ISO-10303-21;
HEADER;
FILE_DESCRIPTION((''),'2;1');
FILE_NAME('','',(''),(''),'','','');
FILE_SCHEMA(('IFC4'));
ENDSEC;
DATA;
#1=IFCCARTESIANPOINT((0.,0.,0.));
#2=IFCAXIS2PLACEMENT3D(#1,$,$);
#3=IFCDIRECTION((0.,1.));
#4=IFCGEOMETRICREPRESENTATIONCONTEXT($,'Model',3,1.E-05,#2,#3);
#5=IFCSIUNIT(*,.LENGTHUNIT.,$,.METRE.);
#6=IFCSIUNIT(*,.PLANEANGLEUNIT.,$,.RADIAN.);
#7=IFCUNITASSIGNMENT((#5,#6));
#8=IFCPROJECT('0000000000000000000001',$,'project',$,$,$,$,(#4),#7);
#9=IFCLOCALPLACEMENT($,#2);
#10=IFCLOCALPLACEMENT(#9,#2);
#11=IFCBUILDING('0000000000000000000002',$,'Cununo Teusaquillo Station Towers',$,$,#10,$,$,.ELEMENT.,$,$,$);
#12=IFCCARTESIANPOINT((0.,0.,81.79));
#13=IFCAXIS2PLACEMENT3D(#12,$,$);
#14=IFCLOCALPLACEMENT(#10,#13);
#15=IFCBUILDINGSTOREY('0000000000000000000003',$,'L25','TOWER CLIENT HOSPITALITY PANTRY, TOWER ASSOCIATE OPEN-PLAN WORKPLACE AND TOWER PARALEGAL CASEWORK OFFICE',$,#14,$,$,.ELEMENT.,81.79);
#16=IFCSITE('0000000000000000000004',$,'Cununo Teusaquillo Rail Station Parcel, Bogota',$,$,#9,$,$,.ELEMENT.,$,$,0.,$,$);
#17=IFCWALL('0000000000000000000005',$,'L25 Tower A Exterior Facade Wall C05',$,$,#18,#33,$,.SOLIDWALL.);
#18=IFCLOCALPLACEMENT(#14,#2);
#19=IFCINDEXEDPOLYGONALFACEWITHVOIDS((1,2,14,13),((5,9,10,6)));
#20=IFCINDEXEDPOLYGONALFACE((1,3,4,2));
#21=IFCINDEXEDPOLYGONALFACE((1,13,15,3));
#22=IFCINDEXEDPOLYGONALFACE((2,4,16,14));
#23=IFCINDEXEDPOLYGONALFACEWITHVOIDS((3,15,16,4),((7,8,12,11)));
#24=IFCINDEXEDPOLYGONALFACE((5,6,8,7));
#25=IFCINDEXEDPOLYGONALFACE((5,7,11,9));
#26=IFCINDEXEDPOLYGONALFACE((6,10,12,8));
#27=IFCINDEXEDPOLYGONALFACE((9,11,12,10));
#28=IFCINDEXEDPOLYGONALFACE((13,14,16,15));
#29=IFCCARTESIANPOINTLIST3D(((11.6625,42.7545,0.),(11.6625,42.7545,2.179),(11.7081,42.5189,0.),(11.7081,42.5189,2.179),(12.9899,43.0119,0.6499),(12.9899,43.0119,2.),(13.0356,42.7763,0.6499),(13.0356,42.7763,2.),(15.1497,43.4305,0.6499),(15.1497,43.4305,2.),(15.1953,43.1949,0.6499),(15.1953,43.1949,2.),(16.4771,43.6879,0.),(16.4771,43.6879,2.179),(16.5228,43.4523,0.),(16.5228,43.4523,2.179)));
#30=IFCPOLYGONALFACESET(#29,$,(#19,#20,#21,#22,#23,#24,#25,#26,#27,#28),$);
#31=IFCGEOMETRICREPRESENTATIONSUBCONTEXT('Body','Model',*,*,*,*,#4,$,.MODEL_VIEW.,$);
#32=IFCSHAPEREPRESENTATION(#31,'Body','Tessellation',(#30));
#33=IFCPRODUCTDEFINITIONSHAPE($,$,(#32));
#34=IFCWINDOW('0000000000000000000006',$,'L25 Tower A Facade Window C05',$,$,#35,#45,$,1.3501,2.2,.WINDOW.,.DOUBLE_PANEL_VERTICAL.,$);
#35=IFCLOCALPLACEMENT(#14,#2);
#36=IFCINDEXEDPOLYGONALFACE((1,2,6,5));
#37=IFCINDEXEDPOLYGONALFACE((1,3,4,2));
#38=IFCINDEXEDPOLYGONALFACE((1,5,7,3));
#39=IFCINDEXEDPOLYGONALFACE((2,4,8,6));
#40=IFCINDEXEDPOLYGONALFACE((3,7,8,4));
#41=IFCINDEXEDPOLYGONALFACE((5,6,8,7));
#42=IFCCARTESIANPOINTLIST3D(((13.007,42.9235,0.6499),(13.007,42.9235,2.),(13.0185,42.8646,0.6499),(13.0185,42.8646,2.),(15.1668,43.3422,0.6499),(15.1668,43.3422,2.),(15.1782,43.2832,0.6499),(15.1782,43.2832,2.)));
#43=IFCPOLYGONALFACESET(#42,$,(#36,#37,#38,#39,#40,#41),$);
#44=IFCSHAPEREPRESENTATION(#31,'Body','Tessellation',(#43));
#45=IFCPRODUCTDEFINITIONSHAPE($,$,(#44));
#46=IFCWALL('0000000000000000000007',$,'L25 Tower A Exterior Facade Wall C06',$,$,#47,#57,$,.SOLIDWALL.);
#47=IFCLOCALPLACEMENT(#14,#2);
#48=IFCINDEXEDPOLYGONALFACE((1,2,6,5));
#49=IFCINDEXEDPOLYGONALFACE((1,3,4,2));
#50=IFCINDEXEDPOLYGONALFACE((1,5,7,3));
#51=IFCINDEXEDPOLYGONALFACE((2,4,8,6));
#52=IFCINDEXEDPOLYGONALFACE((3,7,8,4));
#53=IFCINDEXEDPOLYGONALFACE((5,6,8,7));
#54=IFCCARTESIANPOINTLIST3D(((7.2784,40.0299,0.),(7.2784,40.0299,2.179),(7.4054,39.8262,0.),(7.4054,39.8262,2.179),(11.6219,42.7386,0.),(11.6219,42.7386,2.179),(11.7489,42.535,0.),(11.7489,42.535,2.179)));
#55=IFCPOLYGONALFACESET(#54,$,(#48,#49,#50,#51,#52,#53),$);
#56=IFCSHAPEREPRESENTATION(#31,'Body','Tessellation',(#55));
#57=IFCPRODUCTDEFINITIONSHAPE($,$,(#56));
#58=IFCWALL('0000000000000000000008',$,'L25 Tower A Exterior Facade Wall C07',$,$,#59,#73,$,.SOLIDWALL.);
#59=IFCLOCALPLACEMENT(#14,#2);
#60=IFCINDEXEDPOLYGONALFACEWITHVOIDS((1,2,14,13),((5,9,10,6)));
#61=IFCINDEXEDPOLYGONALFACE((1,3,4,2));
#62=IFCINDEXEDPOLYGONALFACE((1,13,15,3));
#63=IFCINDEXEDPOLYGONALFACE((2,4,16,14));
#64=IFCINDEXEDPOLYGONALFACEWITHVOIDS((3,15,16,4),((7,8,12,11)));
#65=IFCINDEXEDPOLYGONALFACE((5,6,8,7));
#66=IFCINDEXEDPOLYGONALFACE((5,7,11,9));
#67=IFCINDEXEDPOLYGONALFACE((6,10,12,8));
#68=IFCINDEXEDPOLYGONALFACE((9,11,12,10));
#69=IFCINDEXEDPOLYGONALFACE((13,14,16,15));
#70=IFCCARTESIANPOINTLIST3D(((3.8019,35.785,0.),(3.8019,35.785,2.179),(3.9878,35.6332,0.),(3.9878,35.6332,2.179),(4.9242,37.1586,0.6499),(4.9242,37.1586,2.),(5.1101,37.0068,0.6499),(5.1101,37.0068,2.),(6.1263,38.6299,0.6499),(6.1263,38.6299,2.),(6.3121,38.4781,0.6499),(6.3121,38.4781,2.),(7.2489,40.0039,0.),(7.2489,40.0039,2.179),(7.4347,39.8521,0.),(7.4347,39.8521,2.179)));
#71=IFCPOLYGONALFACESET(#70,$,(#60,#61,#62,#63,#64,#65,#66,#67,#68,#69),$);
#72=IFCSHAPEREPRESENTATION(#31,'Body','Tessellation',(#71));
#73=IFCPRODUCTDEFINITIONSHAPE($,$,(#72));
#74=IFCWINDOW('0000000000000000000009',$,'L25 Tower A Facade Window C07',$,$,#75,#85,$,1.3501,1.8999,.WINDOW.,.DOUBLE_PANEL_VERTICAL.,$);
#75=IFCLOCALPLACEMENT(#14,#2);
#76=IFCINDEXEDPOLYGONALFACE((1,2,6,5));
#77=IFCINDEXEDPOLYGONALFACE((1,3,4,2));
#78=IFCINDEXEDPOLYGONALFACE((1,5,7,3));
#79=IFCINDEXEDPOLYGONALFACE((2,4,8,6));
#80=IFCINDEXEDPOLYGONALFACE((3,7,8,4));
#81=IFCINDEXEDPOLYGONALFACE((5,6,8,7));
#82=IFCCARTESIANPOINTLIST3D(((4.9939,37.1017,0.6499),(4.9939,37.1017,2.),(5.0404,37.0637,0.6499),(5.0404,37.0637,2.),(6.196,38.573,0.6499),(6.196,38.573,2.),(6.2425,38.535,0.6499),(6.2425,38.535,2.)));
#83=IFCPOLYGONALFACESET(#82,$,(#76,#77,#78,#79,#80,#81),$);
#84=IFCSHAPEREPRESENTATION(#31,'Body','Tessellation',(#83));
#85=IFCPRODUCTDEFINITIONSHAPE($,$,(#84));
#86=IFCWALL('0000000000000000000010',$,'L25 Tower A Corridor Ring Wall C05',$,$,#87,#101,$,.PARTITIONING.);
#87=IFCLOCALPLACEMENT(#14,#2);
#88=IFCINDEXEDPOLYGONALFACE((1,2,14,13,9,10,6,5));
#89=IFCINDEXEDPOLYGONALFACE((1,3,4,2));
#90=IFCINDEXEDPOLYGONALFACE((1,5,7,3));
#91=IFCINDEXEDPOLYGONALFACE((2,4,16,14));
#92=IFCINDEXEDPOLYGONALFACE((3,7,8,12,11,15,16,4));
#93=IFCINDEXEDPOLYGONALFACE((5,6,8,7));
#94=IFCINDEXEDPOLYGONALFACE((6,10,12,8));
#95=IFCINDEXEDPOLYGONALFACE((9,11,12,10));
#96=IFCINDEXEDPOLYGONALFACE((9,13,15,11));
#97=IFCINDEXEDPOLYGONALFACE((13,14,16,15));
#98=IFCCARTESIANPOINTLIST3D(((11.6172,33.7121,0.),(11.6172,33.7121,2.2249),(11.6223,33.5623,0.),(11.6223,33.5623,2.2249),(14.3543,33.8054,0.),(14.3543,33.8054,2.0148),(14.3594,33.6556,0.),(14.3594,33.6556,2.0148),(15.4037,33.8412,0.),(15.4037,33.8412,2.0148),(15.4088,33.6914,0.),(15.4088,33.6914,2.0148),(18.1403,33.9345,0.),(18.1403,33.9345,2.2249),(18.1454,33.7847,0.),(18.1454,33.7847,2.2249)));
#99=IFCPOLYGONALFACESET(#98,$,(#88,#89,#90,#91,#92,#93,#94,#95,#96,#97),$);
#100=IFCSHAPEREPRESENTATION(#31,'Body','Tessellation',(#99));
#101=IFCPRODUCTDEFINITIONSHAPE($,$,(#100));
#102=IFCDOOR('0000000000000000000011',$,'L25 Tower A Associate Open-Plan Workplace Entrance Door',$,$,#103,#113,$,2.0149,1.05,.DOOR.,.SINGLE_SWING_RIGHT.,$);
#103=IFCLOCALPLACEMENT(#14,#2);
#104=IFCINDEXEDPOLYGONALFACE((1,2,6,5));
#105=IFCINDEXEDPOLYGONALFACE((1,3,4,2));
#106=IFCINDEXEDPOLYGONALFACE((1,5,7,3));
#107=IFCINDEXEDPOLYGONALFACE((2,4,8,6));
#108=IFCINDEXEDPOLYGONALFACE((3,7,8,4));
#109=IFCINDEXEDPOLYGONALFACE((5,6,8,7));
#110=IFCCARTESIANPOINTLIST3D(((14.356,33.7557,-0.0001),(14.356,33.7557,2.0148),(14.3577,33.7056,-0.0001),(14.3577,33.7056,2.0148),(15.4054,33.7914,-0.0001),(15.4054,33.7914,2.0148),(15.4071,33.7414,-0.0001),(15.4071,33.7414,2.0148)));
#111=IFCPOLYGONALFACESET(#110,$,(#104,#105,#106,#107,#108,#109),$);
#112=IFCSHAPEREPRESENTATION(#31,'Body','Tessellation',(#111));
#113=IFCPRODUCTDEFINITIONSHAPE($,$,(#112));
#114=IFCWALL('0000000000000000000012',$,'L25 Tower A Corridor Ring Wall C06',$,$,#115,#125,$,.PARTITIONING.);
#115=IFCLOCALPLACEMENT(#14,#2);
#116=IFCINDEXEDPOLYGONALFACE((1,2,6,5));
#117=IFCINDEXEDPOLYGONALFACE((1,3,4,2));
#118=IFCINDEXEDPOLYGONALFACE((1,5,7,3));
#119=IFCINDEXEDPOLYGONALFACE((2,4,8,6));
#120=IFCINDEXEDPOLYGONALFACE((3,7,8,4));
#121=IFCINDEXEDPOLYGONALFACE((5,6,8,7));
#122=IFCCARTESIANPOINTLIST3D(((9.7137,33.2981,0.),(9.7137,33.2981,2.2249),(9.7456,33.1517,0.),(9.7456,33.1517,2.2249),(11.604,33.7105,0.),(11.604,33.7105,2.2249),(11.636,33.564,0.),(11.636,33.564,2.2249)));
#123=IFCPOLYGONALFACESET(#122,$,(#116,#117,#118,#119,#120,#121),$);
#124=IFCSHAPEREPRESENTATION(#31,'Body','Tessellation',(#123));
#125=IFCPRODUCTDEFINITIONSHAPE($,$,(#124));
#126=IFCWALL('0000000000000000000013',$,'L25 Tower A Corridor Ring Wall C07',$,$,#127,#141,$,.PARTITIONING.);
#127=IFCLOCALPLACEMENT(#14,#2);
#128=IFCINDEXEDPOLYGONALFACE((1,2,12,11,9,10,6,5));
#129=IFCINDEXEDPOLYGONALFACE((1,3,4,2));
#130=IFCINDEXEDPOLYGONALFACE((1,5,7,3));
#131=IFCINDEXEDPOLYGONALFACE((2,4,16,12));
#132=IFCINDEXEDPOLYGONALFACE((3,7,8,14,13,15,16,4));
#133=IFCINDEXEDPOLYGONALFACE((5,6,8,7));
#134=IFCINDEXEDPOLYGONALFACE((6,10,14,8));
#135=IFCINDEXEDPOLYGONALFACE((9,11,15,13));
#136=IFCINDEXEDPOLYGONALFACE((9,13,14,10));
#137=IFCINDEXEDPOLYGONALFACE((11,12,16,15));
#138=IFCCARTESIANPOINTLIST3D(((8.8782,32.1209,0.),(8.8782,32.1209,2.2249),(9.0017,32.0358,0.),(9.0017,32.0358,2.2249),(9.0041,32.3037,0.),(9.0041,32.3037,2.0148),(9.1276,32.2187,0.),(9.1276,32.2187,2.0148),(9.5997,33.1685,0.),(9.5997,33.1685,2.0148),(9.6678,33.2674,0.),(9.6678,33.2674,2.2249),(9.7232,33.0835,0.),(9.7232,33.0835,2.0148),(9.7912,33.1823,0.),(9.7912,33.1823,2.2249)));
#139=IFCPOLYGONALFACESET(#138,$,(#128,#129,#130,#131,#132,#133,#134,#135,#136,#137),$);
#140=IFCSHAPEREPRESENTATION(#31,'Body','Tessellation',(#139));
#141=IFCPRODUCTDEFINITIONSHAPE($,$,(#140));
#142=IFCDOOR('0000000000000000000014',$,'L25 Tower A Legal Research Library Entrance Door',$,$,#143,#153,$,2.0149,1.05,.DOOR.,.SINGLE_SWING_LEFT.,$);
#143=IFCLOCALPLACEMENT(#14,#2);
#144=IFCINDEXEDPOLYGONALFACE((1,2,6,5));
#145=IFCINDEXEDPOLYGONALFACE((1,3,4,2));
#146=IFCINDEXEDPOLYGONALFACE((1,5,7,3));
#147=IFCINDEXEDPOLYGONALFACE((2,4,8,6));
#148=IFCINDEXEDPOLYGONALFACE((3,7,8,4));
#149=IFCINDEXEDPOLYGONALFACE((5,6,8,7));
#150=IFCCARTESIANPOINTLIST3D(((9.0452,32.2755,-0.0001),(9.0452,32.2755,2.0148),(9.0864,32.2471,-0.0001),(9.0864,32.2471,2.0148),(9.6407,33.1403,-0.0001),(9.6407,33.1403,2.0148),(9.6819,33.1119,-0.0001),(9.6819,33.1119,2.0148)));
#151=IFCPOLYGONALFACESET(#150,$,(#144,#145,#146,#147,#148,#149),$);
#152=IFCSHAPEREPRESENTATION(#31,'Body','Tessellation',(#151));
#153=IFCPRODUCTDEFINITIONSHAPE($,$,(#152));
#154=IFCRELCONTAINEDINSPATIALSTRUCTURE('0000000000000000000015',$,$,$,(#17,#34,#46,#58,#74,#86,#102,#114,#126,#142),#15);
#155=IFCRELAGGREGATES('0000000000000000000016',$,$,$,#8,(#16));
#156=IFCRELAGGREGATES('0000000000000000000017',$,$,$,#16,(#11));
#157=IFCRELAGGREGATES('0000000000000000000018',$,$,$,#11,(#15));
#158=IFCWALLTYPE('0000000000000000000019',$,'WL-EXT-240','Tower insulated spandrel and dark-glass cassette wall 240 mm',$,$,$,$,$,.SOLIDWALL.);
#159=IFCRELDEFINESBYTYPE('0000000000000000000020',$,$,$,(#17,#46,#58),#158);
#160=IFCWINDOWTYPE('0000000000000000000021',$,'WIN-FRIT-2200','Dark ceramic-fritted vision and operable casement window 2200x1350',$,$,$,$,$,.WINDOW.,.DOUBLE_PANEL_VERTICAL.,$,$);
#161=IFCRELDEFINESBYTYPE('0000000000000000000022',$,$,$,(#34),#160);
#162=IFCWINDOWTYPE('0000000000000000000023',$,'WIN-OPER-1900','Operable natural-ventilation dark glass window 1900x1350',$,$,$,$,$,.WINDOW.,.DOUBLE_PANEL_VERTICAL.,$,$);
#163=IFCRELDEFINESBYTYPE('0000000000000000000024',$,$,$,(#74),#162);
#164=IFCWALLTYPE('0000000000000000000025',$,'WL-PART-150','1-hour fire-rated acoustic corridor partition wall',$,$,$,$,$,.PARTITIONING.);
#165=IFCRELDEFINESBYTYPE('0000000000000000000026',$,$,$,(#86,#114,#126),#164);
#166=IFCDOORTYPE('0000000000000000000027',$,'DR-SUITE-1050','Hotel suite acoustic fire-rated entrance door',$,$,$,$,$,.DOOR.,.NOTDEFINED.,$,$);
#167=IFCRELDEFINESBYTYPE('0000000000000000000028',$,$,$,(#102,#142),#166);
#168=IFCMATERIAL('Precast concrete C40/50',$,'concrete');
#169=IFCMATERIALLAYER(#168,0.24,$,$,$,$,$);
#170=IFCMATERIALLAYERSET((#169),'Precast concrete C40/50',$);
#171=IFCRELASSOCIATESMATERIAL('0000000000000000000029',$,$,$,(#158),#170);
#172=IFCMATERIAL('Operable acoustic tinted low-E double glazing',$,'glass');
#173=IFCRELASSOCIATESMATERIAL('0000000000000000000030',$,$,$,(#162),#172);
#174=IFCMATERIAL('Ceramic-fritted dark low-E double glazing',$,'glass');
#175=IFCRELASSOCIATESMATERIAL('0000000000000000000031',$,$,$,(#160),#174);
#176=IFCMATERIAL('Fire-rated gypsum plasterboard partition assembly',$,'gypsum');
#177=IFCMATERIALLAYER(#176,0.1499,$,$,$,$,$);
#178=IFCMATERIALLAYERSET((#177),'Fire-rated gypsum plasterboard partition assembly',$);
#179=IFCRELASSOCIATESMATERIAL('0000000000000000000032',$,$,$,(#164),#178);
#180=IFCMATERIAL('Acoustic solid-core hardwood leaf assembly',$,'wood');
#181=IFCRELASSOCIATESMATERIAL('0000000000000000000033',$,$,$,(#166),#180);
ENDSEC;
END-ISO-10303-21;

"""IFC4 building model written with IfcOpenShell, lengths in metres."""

from ifc_helpers import new_model, si_unit, direction, frame, frame_2d, origin, place, context, subcontext, project, spatial, rectangle, extrude, source, transform, mapped, material, layer, layer_set, type_object, element, fill, save


model = new_model("IFC4")

# Units and contexts
model_context = context("Model", 3, precision=1e-05, world=origin(), true_north=direction((0.0, 1.0)))
body_context = subcontext(model_context, "Body", "Model", "MODEL_VIEW")
ifc_project = project(units=[si_unit("LENGTHUNIT", "METRE"), si_unit("PLANEANGLEUNIT", "RADIAN")], contexts=[model_context])

# Site, building, storey
site_placement = place(None, origin())
site = spatial("IfcSite", under=ifc_project, at=site_placement, Name="Cununo Teusaquillo Rail Station Parcel, Bogota", CompositionType="ELEMENT", RefElevation=0.0)
building_placement = place(site_placement, origin())
building = spatial("IfcBuilding", under=site, at=building_placement, Name="Cununo Teusaquillo Station Towers", CompositionType="ELEMENT")
storey_placement = place(building_placement, frame((0.0, 0.0, 81.79)))
storey = spatial("IfcBuildingStorey", under=building, at=storey_placement, Name="L25", Description="TOWER CLIENT HOSPITALITY PANTRY, TOWER ASSOCIATE OPEN-PLAN WORKPLACE AND TOWER PARALEGAL CASEWORK OFFICE", CompositionType="ELEMENT", Elevation=81.79)

# Wall, opening, window
ifc_material_1 = material(Name="Precast concrete C40/50", Category="concrete")
ifc_layer_1 = layer(ifc_material_1, 0.24)
ifc_layer_set_1 = layer_set([ifc_layer_1], Name="Precast concrete C40/50")
wall_type_1 = type_object("IfcWallType", Name="WL-EXT-240", Description="Tower insulated spandrel and dark-glass cassette wall 240 mm", PredefinedType="SOLIDWALL", material=ifc_layer_set_1)
shared_shape_1 = source(origin(), body_context, "Body", "SweptSolid", [
    extrude(rectangle(XDim=1.8999, YDim=1.3501, at=frame_2d((0.95, 0.675))), frame((0.0, 0.1299, 0.0), z_axis=(0.0, -1.0, 0.0), x_axis=(1.0, 0.0, 0.0)), (0.0, 0.0, 1.0), 0.26),
])
ifc_material_2 = material(Name="Operable acoustic tinted low-E double glazing", Category="glass")
window_type_1 = type_object("IfcWindowType", Name="WIN-OPER-1900", Description="Operable natural-ventilation dark glass window 1900x1350", PartitioningType="DOUBLE_PANEL_VERTICAL", PredefinedType="WINDOW", material=ifc_material_2)
shared_shape_2 = source(origin(), body_context, "Body", "SweptSolid", [
    extrude(rectangle(XDim=1.8999, YDim=1.3501, at=frame_2d((0.95, 0.675))), frame((0.0, 0.03, 0.0), z_axis=(0.0, -1.0, 0.0), x_axis=(1.0, 0.0, 0.0)), (0.0, 0.0, 1.0), 0.0601),
])
wall_1_placement = place(storey_placement, frame((11.6853, 42.6367, 0.0), z_axis=(0.0, 0.0, 1.0), x_axis=(0.981724, 0.190311, 0.0)))
wall_1 = element("IfcWall", 1, at=wall_1_placement, inside=storey, type_object=wall_type_1, Name="L25 Tower A Exterior Facade Wall C05", PredefinedType="SOLIDWALL", context=body_context, shape_type="SweptSolid", body=[
    extrude(rectangle(XDim=4.9043, YDim=0.24, at=frame_2d((2.4521, 0.0))), origin(), (0.0, 0.0, 1.0), 2.179),
])
shared_shape_3 = source(origin(), body_context, "Body", "SweptSolid", [
    extrude(rectangle(XDim=2.2, YDim=1.3501, at=frame_2d((1.1001, 0.675))), frame((0.0, 0.1299, 0.0), z_axis=(0.0, -1.0, 0.0), x_axis=(1.0, 0.0, 0.0)), (0.0, 0.0, 1.0), 0.26),
])
opening_1_placement = place(wall_1_placement, frame((1.3521, 0.0, 0.6499)))
opening_1 = element("IfcOpeningElement", 2, at=opening_1_placement, cuts=wall_1, PredefinedType="OPENING", context=body_context, shape_type="MappedRepresentation", body=[
    mapped(shared_shape_3, transform((0.0, 0.0, 0.0), x_axis=(1.0, 0.0, 0.0), y_axis=(0.0, 1.0, 0.0), z_axis=(0.0, 0.0, 1.0), scale=1.0)),
])
ifc_material_3 = material(Name="Ceramic-fritted dark low-E double glazing", Category="glass")
window_type_2 = type_object("IfcWindowType", Name="WIN-FRIT-2200", Description="Dark ceramic-fritted vision and operable casement window 2200x1350", PartitioningType="DOUBLE_PANEL_VERTICAL", PredefinedType="WINDOW", material=ifc_material_3)
shared_shape_4 = source(origin(), body_context, "Body", "SweptSolid", [
    extrude(rectangle(XDim=2.2, YDim=1.3501, at=frame_2d((1.1001, 0.675))), frame((0.0, 0.03, 0.0), z_axis=(0.0, -1.0, 0.0), x_axis=(1.0, 0.0, 0.0)), (0.0, 0.0, 1.0), 0.0601),
])
window_1_placement = place(opening_1_placement, origin())
window_1 = element("IfcWindow", 3, at=window_1_placement, inside=storey, type_object=window_type_2, Name="L25 Tower A Facade Window C05", OverallHeight=1.3501, OverallWidth=2.2, PartitioningType="DOUBLE_PANEL_VERTICAL", PredefinedType="WINDOW", context=body_context, shape_type="MappedRepresentation", body=[
    mapped(shared_shape_4, transform((0.0, 0.0, 0.0), x_axis=(1.0, 0.0, 0.0), y_axis=(0.0, 1.0, 0.0), z_axis=(0.0, 0.0, 1.0), scale=1.0)),
])
fill(opening_1, window_1)

# Wall
wall_2_placement = place(storey_placement, frame((7.3418, 39.928, 0.0), z_axis=(0.0, 0.0, 1.0), x_axis=(0.84852, 0.529163, 0.0)))
element("IfcWall", 4, at=wall_2_placement, inside=storey, type_object=wall_type_1, Name="L25 Tower A Exterior Facade Wall C06", PredefinedType="SOLIDWALL", context=body_context, shape_type="SweptSolid", body=[
    extrude(rectangle(XDim=5.1189, YDim=0.24, at=frame_2d((2.5596, 0.0))), origin(), (0.0, 0.0, 1.0), 2.179),
])

# Wall, opening, window
wall_3_placement = place(storey_placement, frame((3.8948, 35.709, 0.0), z_axis=(0.0, 0.0, 1.0), x_axis=(0.632701, 0.774396, 0.0)))
wall_3 = element("IfcWall", 5, at=wall_3_placement, inside=storey, type_object=wall_type_1, Name="L25 Tower A Exterior Facade Wall C07", PredefinedType="SOLIDWALL", context=body_context, shape_type="SweptSolid", body=[
    extrude(rectangle(XDim=5.448, YDim=0.24, at=frame_2d((2.7241, 0.0))), origin(), (0.0, 0.0, 1.0), 2.179),
])
opening_2_placement = place(wall_3_placement, frame((1.7739, 0.0, 0.6499)))
opening_2 = element("IfcOpeningElement", 6, at=opening_2_placement, cuts=wall_3, PredefinedType="OPENING", context=body_context, shape_type="MappedRepresentation", body=[
    mapped(shared_shape_1, transform((0.0, 0.0, 0.0), x_axis=(1.0, 0.0, 0.0), y_axis=(0.0, 1.0, 0.0), z_axis=(0.0, 0.0, 1.0), scale=1.0)),
])
window_2_placement = place(opening_2_placement, origin())
window_2 = element("IfcWindow", 7, at=window_2_placement, inside=storey, type_object=window_type_1, Name="L25 Tower A Facade Window C07", OverallHeight=1.3501, OverallWidth=1.8999, PartitioningType="DOUBLE_PANEL_VERTICAL", PredefinedType="WINDOW", context=body_context, shape_type="MappedRepresentation", body=[
    mapped(shared_shape_2, transform((0.0, 0.0, 0.0), x_axis=(1.0, 0.0, 0.0), y_axis=(0.0, 1.0, 0.0), z_axis=(0.0, 0.0, 1.0), scale=1.0)),
])
fill(opening_2, window_2)

# Wall, opening, door
ifc_material_4 = material(Name="Fire-rated gypsum plasterboard partition assembly", Category="gypsum")
ifc_layer_2 = layer(ifc_material_4, 0.1499)
ifc_layer_set_2 = layer_set([ifc_layer_2], Name="Fire-rated gypsum plasterboard partition assembly")
wall_type_2 = type_object("IfcWallType", Name="WL-PART-150", Description="1-hour fire-rated acoustic corridor partition wall", PredefinedType="PARTITIONING", material=ifc_layer_set_2)
wall_4_placement = place(storey_placement, frame((18.1428, 33.8596, 0.0), z_axis=(0.0, 0.0, 1.0), x_axis=(-0.999419, -0.034077, 0.0)))
wall_4 = element("IfcWall", 8, at=wall_4_placement, inside=storey, type_object=wall_type_2, Name="L25 Tower A Corridor Ring Wall C05", PredefinedType="PARTITIONING", context=body_context, shape_type="SweptSolid", body=[
    extrude(rectangle(XDim=6.5269, YDim=0.1499, at=frame_2d((3.2634, 0.0))), origin(), (0.0, 0.0, 1.0), 2.2249),
])
shared_shape_5 = source(origin(), body_context, "Body", "SweptSolid", [
    extrude(rectangle(XDim=1.05, YDim=2.0149, at=frame_2d((0.5249, 1.0073))), frame((0.0, 0.085, 0.0), z_axis=(0.0, -1.0, 0.0), x_axis=(1.0, 0.0, 0.0)), (0.0, 0.0, 1.0), 0.1699),
])
opening_3_placement = place(wall_4_placement, frame((2.7383, 0.0, 0.0)))
opening_3 = element("IfcOpeningElement", 9, at=opening_3_placement, cuts=wall_4, PredefinedType="OPENING", context=body_context, shape_type="MappedRepresentation", body=[
    mapped(shared_shape_5, transform((0.0, 0.0, 0.0), x_axis=(1.0, 0.0, 0.0), y_axis=(0.0, 1.0, 0.0), z_axis=(0.0, 0.0, 1.0), scale=1.0)),
])
ifc_material_5 = material(Name="Acoustic solid-core hardwood leaf assembly", Category="wood")
door_type = type_object("IfcDoorType", Name="DR-SUITE-1050", Description="Hotel suite acoustic fire-rated entrance door", OperationType="NOTDEFINED", PredefinedType="DOOR", material=ifc_material_5)
shared_shape_6 = source(origin(), body_context, "Body", "SweptSolid", [
    extrude(rectangle(XDim=1.05, YDim=2.0149, at=frame_2d((0.5249, 1.0073))), frame((0.0, 0.0249, 0.0), z_axis=(0.0, -1.0, 0.0), x_axis=(1.0, 0.0, 0.0)), (0.0, 0.0, 1.0), 0.05),
])
door_1_placement = place(opening_3_placement, origin())
door_1 = element("IfcDoor", 10, at=door_1_placement, inside=storey, type_object=door_type, Name="L25 Tower A Associate Open-Plan Workplace Entrance Door", OperationType="SINGLE_SWING_RIGHT", OverallHeight=2.0149, OverallWidth=1.05, PredefinedType="DOOR", context=body_context, shape_type="MappedRepresentation", body=[
    mapped(shared_shape_6, transform((0.0, 0.0, 0.0), x_axis=(1.0, 0.0, 0.0), y_axis=(0.0, 1.0, 0.0), z_axis=(0.0, 0.0, 1.0), scale=1.0)),
])
fill(opening_3, door_1)

# Wall
wall_5_placement = place(storey_placement, frame((11.6199, 33.6372, 0.0), z_axis=(0.0, 0.0, 1.0), x_axis=(-0.977026, -0.213121, 0.0)))
element("IfcWall", 11, at=wall_5_placement, inside=storey, type_object=wall_type_2, Name="L25 Tower A Corridor Ring Wall C06", PredefinedType="PARTITIONING", context=body_context, shape_type="SweptSolid", body=[
    extrude(rectangle(XDim=1.9348, YDim=0.1499, at=frame_2d((0.9673, 0.0))), origin(), (0.0, 0.0, 1.0), 2.2249),
])

# Wall, opening, door
wall_6_placement = place(storey_placement, frame((9.7295, 33.2249, 0.0), z_axis=(0.0, 0.0, 1.0), x_axis=(-0.567184, -0.823591, 0.0)))
wall_6 = element("IfcWall", 12, at=wall_6_placement, inside=storey, type_object=wall_type_2, Name="L25 Tower A Corridor Ring Wall C07", PredefinedType="PARTITIONING", context=body_context, shape_type="SweptSolid", body=[
    extrude(rectangle(XDim=1.3921, YDim=0.1499, at=frame_2d((0.696, 0.0))), origin(), (0.0, 0.0, 1.0), 2.2249),
])
opening_4_placement = place(wall_6_placement, frame((0.1201, 0.0, 0.0)))
opening_4 = element("IfcOpeningElement", 13, at=opening_4_placement, cuts=wall_6, PredefinedType="OPENING", context=body_context, shape_type="MappedRepresentation", body=[
    mapped(shared_shape_5, transform((0.0, 0.0, 0.0), x_axis=(1.0, 0.0, 0.0), y_axis=(0.0, 1.0, 0.0), z_axis=(0.0, 0.0, 1.0), scale=1.0)),
])
door_2_placement = place(opening_4_placement, origin())
door_2 = element("IfcDoor", 14, at=door_2_placement, inside=storey, type_object=door_type, Name="L25 Tower A Legal Research Library Entrance Door", OperationType="SINGLE_SWING_LEFT", OverallHeight=2.0149, OverallWidth=1.05, PredefinedType="DOOR", context=body_context, shape_type="MappedRepresentation", body=[
    mapped(shared_shape_6, transform((0.0, 0.0, 0.0), x_axis=(1.0, 0.0, 0.0), y_axis=(0.0, 1.0, 0.0), z_axis=(0.0, 0.0, 1.0), scale=1.0)),
])
fill(opening_4, door_2)

save(model, "model.ifc")
